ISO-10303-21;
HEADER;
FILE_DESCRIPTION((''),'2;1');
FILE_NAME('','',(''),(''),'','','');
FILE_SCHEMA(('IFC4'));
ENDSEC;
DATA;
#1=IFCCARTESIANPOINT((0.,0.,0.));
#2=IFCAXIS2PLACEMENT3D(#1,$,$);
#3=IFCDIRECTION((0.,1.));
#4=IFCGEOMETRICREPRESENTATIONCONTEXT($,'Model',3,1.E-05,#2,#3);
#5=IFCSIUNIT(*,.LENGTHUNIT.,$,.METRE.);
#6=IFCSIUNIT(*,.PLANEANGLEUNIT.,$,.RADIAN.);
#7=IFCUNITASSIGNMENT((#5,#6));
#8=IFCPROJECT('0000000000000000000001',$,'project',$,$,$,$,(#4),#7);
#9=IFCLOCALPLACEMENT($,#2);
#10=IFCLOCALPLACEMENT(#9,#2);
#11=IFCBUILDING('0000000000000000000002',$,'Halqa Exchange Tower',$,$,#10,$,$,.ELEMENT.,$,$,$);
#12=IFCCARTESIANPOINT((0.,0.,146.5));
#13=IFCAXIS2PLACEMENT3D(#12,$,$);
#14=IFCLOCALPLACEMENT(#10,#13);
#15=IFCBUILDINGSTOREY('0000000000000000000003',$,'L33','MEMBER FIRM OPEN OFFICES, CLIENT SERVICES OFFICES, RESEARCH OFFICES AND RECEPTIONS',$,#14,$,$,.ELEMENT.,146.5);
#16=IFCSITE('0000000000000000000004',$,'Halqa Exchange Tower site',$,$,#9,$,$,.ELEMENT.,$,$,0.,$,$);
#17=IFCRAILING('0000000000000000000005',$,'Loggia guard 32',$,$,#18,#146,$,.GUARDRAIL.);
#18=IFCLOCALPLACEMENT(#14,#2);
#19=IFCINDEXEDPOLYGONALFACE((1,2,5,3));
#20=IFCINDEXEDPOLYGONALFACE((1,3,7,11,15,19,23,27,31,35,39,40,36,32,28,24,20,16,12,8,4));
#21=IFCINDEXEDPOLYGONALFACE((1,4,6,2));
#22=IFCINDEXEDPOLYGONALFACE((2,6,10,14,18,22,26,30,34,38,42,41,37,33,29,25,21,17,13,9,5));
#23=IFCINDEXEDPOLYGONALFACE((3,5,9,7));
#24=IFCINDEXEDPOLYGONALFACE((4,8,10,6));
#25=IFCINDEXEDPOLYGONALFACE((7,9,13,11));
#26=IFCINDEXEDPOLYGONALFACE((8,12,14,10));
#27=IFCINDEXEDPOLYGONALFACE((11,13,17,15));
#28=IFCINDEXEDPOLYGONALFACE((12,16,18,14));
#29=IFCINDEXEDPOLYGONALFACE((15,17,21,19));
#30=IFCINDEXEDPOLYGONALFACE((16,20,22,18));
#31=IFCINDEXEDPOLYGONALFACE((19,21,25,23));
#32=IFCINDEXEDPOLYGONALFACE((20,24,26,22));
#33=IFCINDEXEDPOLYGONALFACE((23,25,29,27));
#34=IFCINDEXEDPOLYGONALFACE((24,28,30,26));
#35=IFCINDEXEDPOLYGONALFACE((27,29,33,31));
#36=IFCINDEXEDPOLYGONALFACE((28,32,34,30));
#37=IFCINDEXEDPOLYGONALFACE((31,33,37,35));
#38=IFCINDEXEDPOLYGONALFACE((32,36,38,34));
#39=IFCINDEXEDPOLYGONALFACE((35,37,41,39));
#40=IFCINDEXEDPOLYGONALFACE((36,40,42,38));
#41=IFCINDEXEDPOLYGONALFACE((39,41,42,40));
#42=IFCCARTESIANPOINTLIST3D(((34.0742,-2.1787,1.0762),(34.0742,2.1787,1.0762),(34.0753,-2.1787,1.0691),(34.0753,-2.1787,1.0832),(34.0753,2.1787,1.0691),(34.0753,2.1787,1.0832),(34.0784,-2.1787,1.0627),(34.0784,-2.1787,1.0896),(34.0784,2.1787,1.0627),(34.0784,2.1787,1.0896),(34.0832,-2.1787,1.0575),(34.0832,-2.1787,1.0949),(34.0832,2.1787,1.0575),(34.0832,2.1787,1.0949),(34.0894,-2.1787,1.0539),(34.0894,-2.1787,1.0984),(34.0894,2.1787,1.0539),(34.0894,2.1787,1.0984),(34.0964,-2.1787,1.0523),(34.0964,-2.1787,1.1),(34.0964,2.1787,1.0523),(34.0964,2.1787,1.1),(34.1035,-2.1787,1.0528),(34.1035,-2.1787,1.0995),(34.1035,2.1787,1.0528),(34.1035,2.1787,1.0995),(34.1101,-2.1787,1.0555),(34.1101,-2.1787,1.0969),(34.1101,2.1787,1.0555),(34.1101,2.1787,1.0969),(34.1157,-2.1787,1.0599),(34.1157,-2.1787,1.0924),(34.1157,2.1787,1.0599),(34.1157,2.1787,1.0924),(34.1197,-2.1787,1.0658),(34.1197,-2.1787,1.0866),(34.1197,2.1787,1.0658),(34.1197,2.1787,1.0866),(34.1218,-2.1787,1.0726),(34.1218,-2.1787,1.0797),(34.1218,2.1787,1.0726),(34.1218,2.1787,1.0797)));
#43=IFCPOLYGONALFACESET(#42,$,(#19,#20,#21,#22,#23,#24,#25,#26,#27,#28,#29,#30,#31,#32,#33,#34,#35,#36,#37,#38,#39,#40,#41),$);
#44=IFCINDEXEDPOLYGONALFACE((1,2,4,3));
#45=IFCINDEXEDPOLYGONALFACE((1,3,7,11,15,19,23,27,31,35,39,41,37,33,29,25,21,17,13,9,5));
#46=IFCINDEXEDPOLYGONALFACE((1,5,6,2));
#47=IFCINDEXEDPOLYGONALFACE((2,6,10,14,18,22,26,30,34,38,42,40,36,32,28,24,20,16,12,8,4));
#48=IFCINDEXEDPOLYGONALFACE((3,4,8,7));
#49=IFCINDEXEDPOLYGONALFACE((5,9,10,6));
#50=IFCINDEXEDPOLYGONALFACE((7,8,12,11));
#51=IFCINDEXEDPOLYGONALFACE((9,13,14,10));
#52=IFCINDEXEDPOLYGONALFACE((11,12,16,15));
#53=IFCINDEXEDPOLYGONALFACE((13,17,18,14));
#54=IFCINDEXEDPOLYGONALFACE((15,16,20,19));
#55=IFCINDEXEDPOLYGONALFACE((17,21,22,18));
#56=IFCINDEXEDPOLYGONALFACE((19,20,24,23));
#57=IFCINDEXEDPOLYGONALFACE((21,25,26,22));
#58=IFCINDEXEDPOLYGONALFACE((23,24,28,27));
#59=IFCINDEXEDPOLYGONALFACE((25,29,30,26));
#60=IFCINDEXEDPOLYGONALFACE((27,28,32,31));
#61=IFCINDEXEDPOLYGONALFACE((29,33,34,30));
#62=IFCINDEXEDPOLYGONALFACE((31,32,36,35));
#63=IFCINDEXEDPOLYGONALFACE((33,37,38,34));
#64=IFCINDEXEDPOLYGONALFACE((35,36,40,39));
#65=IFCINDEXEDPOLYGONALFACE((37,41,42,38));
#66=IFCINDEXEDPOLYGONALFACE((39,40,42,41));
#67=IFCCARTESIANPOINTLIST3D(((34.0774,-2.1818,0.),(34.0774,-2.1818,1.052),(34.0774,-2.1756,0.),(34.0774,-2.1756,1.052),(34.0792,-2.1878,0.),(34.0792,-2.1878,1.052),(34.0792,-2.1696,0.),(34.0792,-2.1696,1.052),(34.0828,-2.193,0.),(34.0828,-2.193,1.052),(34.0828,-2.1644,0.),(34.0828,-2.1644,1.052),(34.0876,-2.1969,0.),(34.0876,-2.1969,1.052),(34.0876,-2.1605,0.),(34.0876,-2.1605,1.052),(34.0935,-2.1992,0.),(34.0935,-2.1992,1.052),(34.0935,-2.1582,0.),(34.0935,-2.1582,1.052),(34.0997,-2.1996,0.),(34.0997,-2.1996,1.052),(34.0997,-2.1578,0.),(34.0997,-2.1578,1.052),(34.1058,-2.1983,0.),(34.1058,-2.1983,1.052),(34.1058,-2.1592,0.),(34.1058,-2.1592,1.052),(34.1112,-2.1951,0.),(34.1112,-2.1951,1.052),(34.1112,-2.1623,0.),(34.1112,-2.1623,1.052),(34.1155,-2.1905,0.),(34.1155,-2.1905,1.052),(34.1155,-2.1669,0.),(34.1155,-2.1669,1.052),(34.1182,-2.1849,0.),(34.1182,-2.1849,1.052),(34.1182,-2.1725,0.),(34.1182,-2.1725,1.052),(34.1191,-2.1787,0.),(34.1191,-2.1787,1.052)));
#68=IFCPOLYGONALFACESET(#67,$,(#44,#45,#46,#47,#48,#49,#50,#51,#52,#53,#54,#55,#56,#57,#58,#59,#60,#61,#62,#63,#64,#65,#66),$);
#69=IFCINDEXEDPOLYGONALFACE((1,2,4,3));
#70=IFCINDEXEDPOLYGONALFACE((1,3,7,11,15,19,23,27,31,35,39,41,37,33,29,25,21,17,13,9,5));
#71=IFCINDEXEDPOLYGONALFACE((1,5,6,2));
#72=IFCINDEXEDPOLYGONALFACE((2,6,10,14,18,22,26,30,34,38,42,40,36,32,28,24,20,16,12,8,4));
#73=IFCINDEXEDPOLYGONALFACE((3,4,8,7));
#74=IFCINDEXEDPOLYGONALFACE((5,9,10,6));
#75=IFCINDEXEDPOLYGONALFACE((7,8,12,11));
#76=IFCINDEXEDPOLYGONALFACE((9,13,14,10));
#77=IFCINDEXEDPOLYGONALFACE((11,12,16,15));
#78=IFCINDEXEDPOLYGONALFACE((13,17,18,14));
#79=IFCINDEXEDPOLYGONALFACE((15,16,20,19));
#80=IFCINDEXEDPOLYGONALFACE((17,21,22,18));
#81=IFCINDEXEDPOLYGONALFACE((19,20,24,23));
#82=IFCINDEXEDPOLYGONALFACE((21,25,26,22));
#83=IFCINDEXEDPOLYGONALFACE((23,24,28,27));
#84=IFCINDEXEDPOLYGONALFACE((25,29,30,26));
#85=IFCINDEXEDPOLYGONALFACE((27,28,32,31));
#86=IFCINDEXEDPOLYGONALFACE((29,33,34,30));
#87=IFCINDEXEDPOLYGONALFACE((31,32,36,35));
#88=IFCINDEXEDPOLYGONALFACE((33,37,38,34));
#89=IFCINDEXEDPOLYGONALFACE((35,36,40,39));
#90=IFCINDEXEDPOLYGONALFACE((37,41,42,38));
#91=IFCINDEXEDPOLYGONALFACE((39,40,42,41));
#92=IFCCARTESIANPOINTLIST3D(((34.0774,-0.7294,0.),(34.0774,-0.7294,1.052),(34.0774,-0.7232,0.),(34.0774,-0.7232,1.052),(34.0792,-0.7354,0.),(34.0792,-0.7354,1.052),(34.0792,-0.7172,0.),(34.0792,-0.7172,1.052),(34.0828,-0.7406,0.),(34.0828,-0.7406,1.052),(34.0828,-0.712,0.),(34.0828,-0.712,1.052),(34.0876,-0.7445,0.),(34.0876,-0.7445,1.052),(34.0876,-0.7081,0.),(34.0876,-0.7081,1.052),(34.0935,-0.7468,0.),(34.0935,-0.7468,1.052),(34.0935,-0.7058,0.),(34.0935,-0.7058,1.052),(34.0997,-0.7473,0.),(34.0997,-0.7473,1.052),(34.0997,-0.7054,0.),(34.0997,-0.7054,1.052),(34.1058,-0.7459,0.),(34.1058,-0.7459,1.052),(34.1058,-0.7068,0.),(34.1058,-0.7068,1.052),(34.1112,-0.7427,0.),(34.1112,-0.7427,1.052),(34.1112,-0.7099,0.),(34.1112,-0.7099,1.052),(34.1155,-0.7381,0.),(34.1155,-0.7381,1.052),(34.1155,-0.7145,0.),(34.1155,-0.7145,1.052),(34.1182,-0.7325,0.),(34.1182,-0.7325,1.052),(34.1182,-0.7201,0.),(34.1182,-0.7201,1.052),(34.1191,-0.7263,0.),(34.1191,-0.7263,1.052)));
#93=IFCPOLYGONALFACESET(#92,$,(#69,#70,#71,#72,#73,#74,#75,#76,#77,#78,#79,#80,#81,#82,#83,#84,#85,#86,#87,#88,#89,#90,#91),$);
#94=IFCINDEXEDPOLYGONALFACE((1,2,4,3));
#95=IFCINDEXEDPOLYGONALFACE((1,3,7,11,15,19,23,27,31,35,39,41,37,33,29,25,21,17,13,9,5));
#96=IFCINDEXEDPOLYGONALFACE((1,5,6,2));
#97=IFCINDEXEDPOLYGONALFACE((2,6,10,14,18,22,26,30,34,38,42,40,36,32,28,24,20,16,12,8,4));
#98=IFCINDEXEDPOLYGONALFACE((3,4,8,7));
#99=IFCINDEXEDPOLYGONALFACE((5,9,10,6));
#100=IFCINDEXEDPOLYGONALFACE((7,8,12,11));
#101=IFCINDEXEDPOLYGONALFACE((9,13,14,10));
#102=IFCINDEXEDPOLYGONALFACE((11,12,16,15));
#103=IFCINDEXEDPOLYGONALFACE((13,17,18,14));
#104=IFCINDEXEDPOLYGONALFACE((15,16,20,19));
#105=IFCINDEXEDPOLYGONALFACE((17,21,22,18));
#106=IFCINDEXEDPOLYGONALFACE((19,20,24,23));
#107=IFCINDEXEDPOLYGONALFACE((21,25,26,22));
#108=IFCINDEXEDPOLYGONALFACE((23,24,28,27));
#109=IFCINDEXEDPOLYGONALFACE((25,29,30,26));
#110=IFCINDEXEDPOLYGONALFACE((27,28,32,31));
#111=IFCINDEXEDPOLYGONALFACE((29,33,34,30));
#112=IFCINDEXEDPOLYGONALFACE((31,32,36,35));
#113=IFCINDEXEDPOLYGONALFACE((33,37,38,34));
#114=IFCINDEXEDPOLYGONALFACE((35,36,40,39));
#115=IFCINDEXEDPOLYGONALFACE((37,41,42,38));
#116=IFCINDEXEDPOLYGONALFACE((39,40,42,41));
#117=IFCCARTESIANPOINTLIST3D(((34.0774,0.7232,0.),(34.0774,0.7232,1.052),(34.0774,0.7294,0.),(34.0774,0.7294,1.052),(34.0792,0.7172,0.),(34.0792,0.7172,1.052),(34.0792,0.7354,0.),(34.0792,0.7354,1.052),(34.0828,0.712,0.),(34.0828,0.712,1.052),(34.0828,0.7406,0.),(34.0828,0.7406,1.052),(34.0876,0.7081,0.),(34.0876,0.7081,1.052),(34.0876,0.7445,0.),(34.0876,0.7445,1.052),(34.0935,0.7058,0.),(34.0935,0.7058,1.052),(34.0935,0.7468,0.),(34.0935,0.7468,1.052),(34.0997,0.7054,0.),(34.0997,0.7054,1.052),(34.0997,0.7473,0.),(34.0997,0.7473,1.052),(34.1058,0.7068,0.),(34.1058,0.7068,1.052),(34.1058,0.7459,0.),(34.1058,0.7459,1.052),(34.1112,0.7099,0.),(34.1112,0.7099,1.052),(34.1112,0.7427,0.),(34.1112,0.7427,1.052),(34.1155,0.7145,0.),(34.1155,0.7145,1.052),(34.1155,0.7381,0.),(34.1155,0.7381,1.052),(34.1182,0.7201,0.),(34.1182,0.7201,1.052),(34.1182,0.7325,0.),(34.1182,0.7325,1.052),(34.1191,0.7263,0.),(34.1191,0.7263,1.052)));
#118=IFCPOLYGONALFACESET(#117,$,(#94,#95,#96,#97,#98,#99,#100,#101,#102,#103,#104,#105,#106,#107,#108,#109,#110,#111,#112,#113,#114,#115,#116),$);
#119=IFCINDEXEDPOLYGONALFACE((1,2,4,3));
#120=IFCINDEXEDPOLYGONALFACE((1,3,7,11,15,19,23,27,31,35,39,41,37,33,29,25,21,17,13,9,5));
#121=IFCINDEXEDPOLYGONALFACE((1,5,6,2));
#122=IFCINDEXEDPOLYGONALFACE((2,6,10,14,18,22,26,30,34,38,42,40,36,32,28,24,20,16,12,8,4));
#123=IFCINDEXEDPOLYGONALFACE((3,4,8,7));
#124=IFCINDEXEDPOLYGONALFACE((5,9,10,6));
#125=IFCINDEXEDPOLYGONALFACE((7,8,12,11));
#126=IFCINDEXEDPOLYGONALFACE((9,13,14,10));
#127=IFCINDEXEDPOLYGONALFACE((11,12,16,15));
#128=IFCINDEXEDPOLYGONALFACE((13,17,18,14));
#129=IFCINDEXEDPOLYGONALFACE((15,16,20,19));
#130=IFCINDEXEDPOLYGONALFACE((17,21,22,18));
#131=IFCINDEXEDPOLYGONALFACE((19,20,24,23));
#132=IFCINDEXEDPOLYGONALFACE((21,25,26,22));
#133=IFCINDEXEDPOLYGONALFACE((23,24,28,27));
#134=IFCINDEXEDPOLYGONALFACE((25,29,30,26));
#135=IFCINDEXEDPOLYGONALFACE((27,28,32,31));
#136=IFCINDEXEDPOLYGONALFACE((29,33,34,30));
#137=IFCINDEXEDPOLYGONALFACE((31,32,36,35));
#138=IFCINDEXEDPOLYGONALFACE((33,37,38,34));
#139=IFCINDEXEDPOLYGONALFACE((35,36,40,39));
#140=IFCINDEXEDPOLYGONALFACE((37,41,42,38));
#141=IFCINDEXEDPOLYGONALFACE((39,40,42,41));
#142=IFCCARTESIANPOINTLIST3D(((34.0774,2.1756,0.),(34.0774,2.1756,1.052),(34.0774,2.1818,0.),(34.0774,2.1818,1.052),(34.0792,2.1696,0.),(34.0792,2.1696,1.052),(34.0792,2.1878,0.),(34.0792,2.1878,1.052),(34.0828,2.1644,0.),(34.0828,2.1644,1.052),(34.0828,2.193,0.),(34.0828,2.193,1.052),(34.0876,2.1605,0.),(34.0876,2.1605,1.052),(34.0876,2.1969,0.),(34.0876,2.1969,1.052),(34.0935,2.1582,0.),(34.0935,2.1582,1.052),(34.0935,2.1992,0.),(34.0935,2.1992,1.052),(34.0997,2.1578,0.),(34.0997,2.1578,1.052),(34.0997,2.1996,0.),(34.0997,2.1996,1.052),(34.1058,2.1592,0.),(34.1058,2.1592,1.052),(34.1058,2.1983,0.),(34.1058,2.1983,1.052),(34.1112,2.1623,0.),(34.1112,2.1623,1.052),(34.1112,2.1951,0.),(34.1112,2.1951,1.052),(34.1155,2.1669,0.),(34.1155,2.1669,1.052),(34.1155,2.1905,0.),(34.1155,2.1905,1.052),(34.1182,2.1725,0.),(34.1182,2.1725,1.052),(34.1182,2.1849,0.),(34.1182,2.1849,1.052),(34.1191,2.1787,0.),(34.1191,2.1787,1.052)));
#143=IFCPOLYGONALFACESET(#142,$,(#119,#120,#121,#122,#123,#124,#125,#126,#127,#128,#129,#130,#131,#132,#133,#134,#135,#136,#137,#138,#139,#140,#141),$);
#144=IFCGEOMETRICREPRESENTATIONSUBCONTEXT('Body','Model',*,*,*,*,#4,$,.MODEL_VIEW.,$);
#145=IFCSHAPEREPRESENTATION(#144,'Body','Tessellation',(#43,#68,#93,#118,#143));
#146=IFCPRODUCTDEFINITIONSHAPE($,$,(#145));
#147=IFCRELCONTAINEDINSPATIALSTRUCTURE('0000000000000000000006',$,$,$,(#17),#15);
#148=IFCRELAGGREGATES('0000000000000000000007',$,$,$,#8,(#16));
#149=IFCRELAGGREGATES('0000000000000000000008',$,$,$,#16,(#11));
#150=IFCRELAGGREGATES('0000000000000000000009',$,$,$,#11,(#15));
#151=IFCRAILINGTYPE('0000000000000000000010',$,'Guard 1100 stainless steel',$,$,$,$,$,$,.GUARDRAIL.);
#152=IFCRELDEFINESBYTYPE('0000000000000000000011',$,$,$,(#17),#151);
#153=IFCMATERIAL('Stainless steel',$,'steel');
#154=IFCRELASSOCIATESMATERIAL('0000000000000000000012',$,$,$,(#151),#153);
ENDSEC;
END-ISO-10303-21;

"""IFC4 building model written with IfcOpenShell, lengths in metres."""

from ifc_helpers import new_model, si_unit, direction, frame, origin, origin_2d, place, context, subcontext, project, spatial, circle, extrude, material, type_object, element, save


model = new_model("IFC4")

# Units and contexts
model_context = context("Model", 3, precision=1e-05, world=origin(), true_north=direction((0.0, 1.0)))
body_context = subcontext(model_context, "Body", "Model", "MODEL_VIEW")
ifc_project = project(units=[si_unit("LENGTHUNIT", "METRE"), si_unit("PLANEANGLEUNIT", "RADIAN")], contexts=[model_context])

# Site, building, storey
site_placement = place(None, origin())
site = spatial("IfcSite", under=ifc_project, at=site_placement, Name="Halqa Exchange Tower site", CompositionType="ELEMENT", RefElevation=0.0)
building_placement = place(site_placement, origin())
building = spatial("IfcBuilding", under=site, at=building_placement, Name="Halqa Exchange Tower", CompositionType="ELEMENT")
storey_placement = place(building_placement, frame((0.0, 0.0, 146.5)))
storey = spatial("IfcBuildingStorey", under=building, at=storey_placement, Name="L33", Description="MEMBER FIRM OPEN OFFICES, CLIENT SERVICES OFFICES, RESEARCH OFFICES AND RECEPTIONS", CompositionType="ELEMENT", Elevation=146.5)

# Railing
ifc_material_1 = material(Name="Stainless steel", Category="steel")
railing_type = type_object("IfcRailingType", Name="Guard 1100 stainless steel", PredefinedType="GUARDRAIL", material=ifc_material_1)
railing_1_placement = place(storey_placement, frame((34.0981, -2.1787, 0.0)))
element("IfcRailing", 1, at=railing_1_placement, inside=storey, type_object=railing_type, Name="Loggia guard 32", PredefinedType="GUARDRAIL", context=body_context, shape_type="SweptSolid", body=[
    extrude(circle(Radius=0.0239, at=origin_2d()), frame((0.0, 0.0, 1.0762), z_axis=(0.0, 1.0, 0.0), x_axis=(-1.0, 0.0, 0.0)), (0.0, 0.0, 1.0), 4.3574),
    extrude(circle(Radius=0.021, at=origin_2d()), origin(), (0.0, 0.0, 1.0), 1.052),
    extrude(circle(Radius=0.021, at=origin_2d()), frame((0.0, 1.4524, 0.0)), (0.0, 0.0, 1.0), 1.052),
    extrude(circle(Radius=0.021, at=origin_2d()), frame((0.0, 2.905, 0.0)), (0.0, 0.0, 1.0), 1.052),
    extrude(circle(Radius=0.021, at=origin_2d()), frame((0.0, 4.3574, 0.0)), (0.0, 0.0, 1.0), 1.052),
])

save(model, "model.ifc")
